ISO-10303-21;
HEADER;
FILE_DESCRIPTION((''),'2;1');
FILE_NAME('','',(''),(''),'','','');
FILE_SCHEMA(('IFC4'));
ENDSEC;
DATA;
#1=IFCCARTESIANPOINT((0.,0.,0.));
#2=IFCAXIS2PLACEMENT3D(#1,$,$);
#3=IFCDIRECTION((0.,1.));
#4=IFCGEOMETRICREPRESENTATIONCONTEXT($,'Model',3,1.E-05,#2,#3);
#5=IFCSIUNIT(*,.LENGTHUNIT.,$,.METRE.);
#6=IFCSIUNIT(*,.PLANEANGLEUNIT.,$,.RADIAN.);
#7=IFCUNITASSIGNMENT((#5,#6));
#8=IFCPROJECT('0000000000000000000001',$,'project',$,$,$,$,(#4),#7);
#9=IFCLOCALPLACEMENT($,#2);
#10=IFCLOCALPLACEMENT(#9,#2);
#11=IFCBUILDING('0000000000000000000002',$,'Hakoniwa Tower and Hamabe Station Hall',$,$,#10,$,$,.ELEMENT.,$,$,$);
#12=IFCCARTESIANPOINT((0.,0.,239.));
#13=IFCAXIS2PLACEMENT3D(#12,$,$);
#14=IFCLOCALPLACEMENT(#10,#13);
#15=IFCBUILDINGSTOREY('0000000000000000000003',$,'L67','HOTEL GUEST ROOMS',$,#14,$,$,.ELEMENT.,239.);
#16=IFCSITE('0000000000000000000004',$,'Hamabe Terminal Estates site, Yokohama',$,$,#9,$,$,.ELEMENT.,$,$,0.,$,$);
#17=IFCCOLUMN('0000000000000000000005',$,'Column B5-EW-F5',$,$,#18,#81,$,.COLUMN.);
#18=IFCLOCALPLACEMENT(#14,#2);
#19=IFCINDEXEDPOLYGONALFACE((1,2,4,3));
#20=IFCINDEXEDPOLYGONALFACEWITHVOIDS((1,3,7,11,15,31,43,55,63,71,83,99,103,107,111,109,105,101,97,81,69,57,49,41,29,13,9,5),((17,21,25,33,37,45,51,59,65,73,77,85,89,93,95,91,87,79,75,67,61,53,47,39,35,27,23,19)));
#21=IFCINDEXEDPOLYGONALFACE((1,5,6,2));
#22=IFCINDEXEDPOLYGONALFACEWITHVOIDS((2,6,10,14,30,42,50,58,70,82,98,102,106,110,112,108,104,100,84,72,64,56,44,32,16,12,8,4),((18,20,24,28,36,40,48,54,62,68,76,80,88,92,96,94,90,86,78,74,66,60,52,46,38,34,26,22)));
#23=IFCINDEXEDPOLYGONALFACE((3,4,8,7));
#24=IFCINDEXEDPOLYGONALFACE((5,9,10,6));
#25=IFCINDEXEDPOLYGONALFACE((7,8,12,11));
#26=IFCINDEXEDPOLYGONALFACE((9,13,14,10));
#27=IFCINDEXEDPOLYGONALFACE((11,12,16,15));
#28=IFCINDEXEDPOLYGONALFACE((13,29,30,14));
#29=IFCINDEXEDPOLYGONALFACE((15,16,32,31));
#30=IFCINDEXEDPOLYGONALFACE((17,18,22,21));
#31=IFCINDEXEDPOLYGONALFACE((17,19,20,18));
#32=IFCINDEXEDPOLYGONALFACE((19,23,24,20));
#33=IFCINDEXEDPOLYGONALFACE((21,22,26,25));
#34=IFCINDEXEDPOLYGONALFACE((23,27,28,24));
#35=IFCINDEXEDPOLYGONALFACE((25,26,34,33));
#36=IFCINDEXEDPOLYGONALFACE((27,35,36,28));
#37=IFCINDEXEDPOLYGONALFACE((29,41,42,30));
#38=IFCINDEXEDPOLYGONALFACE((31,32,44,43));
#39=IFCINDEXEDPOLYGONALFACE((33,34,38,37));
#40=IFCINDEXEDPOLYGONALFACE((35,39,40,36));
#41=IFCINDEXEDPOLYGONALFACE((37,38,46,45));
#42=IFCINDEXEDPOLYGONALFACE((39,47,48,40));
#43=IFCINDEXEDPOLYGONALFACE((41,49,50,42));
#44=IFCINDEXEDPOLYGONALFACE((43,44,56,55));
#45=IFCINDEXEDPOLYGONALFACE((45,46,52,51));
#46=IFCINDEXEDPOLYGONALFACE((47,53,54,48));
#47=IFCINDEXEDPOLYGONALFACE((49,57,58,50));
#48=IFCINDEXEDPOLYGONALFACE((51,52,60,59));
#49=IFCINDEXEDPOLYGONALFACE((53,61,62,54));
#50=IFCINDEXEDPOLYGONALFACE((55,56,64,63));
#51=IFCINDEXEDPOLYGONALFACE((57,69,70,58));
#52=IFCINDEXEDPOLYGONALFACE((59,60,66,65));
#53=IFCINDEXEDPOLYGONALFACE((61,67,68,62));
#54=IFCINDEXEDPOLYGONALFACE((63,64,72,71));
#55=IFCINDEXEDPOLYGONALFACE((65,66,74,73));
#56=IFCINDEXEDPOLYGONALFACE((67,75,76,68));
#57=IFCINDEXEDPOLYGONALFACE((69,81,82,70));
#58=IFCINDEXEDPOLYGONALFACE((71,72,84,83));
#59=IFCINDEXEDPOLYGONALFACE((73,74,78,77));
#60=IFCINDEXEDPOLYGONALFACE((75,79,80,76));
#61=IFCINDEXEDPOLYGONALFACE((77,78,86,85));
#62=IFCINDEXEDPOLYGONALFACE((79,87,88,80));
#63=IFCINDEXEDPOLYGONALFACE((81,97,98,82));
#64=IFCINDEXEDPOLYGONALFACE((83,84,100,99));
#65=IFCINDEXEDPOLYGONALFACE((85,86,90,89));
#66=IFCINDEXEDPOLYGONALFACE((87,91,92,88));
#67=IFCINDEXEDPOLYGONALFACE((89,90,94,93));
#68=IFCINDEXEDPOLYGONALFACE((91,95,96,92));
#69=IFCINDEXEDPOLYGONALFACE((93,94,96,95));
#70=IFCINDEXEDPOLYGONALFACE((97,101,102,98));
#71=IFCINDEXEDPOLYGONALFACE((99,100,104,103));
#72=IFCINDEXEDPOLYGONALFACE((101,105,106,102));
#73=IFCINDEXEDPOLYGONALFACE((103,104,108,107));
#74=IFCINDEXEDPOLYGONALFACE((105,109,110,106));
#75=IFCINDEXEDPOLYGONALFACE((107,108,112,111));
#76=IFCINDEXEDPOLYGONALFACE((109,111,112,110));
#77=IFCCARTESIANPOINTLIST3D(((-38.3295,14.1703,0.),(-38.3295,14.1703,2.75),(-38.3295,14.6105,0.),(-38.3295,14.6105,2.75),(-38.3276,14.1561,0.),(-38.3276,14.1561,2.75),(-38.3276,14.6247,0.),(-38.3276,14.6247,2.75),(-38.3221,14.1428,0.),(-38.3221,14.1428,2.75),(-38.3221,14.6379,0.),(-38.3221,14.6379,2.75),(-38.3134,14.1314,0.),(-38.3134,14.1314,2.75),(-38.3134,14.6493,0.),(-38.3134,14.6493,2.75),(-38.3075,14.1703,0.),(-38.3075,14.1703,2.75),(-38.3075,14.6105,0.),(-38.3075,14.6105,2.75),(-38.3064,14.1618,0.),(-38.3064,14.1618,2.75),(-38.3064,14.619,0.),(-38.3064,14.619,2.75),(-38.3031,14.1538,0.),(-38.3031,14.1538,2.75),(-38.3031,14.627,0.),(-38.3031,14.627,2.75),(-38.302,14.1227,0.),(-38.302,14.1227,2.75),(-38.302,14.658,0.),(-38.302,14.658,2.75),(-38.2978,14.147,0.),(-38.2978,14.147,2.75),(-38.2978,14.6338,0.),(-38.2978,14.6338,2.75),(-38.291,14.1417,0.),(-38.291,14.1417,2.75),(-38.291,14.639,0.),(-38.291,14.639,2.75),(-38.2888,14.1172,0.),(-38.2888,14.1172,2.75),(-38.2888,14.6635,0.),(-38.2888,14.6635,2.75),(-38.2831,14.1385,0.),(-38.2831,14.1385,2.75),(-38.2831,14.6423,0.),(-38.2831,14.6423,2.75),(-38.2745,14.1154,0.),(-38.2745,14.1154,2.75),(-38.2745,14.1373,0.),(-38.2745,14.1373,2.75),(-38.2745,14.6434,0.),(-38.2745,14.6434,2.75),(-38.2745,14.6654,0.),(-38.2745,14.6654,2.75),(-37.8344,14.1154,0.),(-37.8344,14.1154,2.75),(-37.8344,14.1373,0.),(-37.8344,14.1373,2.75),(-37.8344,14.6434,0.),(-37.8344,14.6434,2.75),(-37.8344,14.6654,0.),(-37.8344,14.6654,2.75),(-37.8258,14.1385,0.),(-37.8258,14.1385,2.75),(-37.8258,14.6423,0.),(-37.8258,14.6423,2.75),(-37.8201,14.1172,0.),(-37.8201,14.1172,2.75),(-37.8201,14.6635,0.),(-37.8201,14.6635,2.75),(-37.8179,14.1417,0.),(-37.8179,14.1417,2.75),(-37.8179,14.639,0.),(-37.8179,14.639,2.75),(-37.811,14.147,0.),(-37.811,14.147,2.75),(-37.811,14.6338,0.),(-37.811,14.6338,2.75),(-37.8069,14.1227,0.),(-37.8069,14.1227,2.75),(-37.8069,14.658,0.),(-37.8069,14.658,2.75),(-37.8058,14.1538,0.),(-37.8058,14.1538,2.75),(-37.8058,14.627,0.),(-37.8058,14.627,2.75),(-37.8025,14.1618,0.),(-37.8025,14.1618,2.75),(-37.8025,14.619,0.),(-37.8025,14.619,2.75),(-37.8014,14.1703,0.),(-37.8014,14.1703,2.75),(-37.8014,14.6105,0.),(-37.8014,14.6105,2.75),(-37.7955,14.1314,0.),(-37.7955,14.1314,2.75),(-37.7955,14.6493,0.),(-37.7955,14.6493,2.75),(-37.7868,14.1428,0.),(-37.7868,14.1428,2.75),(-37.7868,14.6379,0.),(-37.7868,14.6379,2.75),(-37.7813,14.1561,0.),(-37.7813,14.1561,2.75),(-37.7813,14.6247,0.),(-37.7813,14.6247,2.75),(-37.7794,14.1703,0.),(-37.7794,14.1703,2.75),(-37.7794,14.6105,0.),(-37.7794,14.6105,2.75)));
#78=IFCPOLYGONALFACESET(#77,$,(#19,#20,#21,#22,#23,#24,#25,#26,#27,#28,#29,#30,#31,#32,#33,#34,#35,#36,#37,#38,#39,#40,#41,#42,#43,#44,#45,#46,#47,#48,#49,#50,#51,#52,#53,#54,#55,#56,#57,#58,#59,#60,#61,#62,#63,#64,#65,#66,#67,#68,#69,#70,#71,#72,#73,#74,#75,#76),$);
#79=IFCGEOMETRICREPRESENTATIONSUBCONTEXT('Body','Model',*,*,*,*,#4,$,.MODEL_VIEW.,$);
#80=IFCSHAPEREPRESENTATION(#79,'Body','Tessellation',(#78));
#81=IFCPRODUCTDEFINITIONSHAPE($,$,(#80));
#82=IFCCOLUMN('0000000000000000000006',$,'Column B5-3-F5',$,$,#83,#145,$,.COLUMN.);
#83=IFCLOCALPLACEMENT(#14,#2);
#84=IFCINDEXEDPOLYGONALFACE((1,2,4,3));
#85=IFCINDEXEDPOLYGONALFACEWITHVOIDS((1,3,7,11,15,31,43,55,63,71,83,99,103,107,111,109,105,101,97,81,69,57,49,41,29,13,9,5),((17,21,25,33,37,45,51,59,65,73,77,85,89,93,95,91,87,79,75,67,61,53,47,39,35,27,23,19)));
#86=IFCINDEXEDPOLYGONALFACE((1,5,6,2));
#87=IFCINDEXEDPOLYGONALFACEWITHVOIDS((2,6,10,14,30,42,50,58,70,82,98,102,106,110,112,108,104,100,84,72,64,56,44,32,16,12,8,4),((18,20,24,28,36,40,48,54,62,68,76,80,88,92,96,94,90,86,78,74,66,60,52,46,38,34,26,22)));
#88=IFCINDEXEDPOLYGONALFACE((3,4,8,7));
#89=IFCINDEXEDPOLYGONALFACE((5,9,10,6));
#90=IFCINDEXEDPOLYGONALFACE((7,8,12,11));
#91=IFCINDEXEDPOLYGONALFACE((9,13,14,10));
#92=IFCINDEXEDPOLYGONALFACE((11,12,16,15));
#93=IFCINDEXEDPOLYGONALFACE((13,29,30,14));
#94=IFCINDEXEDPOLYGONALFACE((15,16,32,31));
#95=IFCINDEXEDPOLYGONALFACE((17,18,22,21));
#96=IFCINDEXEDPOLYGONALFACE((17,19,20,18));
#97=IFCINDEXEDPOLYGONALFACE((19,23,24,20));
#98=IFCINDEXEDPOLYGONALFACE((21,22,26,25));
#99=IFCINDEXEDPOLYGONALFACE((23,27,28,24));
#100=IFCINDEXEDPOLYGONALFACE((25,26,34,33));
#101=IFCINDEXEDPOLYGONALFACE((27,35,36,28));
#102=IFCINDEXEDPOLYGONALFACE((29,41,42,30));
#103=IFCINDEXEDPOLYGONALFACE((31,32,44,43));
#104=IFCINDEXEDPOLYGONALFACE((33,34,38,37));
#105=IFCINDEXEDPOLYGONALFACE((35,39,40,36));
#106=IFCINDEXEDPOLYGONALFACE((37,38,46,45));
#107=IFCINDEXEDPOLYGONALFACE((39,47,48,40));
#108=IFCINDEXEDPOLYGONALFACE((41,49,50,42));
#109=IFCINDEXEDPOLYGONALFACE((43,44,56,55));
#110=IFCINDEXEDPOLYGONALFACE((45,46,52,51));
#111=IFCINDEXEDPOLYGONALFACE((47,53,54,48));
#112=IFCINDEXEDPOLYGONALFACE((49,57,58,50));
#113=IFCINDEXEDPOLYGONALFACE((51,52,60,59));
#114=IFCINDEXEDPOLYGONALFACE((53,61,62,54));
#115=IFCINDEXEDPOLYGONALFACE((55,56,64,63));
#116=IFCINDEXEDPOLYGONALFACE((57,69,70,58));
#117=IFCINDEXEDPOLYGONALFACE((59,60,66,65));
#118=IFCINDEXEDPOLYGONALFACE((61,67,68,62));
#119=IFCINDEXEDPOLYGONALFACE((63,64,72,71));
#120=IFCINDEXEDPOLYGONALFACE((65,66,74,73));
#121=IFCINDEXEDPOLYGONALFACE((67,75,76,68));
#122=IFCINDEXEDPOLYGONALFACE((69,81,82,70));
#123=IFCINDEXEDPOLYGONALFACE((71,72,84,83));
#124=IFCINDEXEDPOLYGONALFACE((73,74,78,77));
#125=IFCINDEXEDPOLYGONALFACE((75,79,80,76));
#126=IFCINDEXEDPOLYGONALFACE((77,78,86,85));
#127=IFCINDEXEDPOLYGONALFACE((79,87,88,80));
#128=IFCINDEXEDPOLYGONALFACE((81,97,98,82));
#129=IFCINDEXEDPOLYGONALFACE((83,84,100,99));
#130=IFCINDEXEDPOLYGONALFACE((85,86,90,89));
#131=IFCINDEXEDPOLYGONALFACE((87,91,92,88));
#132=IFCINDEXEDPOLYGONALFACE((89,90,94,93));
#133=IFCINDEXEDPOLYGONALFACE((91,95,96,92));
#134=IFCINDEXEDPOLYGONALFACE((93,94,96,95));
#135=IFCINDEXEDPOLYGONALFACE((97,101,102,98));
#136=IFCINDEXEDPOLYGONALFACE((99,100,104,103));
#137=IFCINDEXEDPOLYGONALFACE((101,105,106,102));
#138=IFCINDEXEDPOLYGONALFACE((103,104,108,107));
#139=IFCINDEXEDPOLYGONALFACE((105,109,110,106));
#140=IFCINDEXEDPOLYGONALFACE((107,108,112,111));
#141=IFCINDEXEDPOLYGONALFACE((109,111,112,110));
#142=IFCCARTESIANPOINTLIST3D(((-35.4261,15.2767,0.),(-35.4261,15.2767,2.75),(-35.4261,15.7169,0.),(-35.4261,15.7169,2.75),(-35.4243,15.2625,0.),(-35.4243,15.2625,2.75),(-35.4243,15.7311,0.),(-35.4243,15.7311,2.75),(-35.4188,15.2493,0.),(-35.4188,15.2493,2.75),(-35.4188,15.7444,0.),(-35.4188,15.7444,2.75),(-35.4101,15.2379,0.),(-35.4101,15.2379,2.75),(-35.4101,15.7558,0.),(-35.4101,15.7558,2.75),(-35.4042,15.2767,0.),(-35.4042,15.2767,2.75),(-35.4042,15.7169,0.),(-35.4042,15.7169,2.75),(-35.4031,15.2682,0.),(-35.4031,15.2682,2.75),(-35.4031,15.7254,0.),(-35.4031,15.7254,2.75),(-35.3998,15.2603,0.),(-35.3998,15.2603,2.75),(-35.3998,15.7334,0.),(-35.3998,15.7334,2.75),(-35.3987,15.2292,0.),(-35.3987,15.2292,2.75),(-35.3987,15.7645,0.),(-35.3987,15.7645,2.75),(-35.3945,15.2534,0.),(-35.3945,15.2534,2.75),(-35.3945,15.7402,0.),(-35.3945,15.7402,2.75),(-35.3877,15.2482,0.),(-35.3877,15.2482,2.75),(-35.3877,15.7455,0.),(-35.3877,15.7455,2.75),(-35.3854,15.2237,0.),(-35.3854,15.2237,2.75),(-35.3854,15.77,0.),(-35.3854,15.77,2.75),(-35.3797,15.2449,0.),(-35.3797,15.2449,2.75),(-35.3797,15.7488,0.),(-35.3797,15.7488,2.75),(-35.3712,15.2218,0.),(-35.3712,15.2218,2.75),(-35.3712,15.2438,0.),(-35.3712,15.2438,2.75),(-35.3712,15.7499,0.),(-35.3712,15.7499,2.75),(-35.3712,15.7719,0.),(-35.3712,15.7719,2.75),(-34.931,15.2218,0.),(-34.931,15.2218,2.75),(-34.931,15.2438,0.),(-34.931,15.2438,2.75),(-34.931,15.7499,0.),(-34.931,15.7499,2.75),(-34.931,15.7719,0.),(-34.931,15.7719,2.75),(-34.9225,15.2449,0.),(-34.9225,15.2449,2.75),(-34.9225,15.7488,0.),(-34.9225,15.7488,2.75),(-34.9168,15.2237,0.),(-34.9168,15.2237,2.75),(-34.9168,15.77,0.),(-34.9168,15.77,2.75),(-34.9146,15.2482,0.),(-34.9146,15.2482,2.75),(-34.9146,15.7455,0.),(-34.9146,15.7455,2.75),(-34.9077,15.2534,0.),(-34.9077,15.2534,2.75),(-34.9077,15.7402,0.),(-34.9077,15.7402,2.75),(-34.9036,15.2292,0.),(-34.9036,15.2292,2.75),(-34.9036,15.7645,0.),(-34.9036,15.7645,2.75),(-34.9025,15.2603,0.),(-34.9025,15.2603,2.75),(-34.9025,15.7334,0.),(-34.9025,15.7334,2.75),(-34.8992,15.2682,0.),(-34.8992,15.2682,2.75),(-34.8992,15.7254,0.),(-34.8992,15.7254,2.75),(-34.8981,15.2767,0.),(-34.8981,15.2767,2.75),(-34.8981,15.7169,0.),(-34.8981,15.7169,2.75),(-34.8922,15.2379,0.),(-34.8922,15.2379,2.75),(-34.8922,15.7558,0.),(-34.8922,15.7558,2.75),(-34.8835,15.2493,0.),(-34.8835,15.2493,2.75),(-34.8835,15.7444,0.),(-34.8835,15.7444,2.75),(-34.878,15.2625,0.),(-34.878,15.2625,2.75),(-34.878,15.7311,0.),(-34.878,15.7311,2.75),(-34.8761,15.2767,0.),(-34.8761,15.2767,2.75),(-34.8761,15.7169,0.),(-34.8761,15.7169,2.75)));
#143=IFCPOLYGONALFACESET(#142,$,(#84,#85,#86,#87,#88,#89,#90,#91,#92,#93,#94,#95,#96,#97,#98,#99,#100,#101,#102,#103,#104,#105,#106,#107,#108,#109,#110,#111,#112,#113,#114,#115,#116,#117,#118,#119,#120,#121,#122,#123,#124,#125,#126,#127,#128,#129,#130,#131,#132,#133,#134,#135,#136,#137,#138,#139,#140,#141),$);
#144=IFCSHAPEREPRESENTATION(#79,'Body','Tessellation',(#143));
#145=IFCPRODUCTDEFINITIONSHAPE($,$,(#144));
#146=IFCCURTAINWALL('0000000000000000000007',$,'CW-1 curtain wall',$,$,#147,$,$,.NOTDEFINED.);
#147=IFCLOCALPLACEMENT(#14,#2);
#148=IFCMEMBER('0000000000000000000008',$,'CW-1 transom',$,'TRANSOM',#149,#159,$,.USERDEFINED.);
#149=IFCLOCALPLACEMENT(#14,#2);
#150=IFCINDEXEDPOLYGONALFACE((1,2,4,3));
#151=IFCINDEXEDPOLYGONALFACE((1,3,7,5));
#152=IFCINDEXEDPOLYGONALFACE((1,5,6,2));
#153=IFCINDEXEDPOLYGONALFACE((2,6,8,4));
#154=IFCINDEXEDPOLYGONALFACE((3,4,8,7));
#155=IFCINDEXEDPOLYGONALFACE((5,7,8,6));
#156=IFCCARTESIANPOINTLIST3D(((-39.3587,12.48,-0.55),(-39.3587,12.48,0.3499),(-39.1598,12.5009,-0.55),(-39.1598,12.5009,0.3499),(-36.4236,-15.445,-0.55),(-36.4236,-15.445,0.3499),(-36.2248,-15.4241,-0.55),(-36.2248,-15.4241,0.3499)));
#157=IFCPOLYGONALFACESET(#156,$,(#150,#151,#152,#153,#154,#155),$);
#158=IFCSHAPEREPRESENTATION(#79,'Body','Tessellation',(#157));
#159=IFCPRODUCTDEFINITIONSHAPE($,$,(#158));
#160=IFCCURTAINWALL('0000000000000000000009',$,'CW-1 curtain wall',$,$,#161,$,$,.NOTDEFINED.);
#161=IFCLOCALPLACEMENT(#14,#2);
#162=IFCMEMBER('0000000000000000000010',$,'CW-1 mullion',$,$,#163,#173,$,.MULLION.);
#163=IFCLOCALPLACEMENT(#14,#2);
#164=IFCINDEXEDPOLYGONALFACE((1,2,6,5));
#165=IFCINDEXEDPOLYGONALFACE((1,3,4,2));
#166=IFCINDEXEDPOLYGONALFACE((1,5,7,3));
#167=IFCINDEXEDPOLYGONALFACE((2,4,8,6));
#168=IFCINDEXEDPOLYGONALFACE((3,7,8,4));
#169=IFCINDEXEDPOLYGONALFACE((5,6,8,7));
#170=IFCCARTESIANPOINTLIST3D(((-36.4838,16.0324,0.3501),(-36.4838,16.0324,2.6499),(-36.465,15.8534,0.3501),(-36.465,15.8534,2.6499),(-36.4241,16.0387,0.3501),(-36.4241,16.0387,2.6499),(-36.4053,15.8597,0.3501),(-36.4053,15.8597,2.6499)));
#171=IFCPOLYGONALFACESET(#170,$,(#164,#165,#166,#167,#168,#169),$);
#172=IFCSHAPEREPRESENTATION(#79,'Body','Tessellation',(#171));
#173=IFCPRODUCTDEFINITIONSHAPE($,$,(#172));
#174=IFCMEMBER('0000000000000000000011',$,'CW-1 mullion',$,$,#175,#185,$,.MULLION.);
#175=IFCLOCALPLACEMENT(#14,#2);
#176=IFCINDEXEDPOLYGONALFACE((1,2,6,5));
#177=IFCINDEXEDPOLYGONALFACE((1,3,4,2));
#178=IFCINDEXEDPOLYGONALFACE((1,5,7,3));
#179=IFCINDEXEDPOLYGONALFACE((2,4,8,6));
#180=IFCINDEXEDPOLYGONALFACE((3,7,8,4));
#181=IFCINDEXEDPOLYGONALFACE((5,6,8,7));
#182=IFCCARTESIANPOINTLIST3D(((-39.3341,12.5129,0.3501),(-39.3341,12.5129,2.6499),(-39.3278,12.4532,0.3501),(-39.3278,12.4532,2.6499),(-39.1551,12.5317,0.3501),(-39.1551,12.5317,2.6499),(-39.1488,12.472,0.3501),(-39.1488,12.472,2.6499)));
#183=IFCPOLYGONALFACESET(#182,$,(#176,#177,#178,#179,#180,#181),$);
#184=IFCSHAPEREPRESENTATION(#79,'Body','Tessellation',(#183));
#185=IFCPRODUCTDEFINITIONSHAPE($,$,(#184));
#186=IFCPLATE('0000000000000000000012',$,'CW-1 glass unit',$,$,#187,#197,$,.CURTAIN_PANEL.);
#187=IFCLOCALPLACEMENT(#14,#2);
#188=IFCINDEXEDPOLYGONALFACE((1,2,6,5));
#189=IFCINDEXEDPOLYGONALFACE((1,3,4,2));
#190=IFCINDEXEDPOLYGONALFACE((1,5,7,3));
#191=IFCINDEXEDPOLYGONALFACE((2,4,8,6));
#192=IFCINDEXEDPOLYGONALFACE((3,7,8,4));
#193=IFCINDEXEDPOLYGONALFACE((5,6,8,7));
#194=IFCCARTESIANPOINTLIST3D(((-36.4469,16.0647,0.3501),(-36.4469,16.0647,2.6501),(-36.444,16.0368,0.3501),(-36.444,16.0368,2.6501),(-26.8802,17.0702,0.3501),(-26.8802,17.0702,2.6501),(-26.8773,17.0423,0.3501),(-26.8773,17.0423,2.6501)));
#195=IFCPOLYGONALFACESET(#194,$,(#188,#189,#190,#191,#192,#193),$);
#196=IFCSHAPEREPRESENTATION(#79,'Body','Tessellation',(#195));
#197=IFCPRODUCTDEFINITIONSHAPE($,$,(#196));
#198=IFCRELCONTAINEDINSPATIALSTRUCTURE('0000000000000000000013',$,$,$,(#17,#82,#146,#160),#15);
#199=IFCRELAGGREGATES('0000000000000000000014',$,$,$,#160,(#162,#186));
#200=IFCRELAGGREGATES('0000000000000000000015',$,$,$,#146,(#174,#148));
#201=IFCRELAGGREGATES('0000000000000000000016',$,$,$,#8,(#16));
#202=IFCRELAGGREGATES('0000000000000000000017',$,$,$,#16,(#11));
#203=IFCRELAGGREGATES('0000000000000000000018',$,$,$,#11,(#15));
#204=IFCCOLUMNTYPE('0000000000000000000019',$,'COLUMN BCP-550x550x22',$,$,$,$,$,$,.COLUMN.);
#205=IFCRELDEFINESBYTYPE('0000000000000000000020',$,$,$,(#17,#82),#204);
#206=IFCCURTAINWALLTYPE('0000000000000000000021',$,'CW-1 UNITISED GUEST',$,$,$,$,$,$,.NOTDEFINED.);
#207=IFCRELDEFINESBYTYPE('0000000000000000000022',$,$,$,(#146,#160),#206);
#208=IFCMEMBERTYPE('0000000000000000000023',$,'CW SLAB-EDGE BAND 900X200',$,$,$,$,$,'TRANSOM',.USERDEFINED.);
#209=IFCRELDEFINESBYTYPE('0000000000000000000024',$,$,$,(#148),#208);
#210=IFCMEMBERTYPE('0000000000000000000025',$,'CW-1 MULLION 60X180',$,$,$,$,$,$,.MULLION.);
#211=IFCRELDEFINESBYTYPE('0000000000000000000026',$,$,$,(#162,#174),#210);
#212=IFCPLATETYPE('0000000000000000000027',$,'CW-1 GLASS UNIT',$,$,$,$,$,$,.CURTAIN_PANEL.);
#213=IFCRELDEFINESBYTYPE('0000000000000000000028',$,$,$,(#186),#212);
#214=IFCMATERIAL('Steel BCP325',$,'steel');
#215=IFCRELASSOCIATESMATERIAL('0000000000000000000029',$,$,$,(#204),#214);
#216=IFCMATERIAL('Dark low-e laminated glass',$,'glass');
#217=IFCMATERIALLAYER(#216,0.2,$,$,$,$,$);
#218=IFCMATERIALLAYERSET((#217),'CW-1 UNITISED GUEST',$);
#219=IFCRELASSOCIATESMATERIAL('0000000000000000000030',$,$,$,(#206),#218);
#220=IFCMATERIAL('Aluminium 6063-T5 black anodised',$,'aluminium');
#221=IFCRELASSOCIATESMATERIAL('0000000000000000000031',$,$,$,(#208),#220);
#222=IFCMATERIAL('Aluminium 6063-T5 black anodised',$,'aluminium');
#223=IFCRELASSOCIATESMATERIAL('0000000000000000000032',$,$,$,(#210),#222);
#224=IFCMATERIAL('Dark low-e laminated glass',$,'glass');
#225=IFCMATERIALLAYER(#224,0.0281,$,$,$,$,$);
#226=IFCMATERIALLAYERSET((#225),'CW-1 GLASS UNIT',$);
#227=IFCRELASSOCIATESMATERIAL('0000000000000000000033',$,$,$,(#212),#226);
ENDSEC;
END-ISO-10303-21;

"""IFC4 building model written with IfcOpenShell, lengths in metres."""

from ifc_helpers import new_model, si_unit, direction, frame, origin, origin_2d, place, context, subcontext, project, spatial, rectangle, hollow_rectangle, extrude, material, layer, layer_set, material_profile, profile_set, type_object, element, aggregate, save


model = new_model("IFC4")

# Units and contexts
model_context = context("Model", 3, precision=1e-05, world=origin(), true_north=direction((0.0, 1.0)))
body_context = subcontext(model_context, "Body", "Model", "MODEL_VIEW")
ifc_project = project(units=[si_unit("LENGTHUNIT", "METRE"), si_unit("PLANEANGLEUNIT", "RADIAN")], contexts=[model_context])

# Site, building, storey
site_placement = place(None, origin())
site = spatial("IfcSite", under=ifc_project, at=site_placement, Name="Hamabe Terminal Estates site, Yokohama", CompositionType="ELEMENT", RefElevation=0.0)
building_placement = place(site_placement, origin())
building = spatial("IfcBuilding", under=site, at=building_placement, Name="Hakoniwa Tower and Hamabe Station Hall", CompositionType="ELEMENT")
storey_placement = place(building_placement, frame((0.0, 0.0, 239.0)))
storey = spatial("IfcBuildingStorey", under=building, at=storey_placement, Name="L67", Description="HOTEL GUEST ROOMS", CompositionType="ELEMENT", Elevation=239.0)

# Columns
ifc_material_1 = material(Name="Steel BCP325", Category="steel")
ifc_material_profile_1 = material_profile(ifc_material_1, hollow_rectangle(XDim=0.55, YDim=0.55, WallThickness=0.022, InnerFilletRadius=0.033, OuterFilletRadius=0.0549, at=origin_2d()), Name="BCP-550x550x22")
ifc_profile_set_1 = profile_set([ifc_material_profile_1], Name="Steel BCP325")
column_type = type_object("IfcColumnType", Name="COLUMN BCP-550x550x22", PredefinedType="COLUMN", material=ifc_profile_set_1)
for number, where, z_axis, x_axis, name in (
    (1, (-38.0544, 14.3904, 0.0), (0.0, 0.0, 1.0), (1.0, 0.0, 0.0), "Column B5-EW-F5"),
    (2, (-35.1511, 15.4968, 0.0), (0.0, 0.0, 1.0), (1.0, 0.0, 0.0), "Column B5-3-F5"),
):
    element("IfcColumn", number, at=place(storey_placement, frame(where, z_axis=z_axis, x_axis=x_axis)), inside=storey, type_object=column_type, Name=name, PredefinedType="COLUMN", context=body_context, shape_type="SweptSolid", body=[
        extrude(hollow_rectangle(XDim=0.55, YDim=0.55, WallThickness=0.022, InnerFilletRadius=0.033, OuterFilletRadius=0.0549, at=origin_2d()), origin(), (0.0, 0.0, 1.0), 2.75),
    ])

# Curtain walls, members
ifc_material_2 = material(Name="Dark low-e laminated glass", Category="glass")
ifc_layer_1 = layer(ifc_material_2, 0.2)
ifc_layer_set_1 = layer_set([ifc_layer_1], Name="CW-1 UNITISED GUEST")
curtain_wall_type = type_object("IfcCurtainWallType", Name="CW-1 UNITISED GUEST", PredefinedType="NOTDEFINED", material=ifc_layer_set_1)
curtain_wall_1_placement = place(storey_placement, origin())
curtain_wall_1 = element("IfcCurtainWall", 3, at=curtain_wall_1_placement, inside=storey, type_object=curtain_wall_type, Name="CW-1 curtain wall", PredefinedType="NOTDEFINED")
ifc_material_3 = material(Name="Aluminium 6063-T5 black anodised", Category="aluminium")
ifc_material_profile_2 = material_profile(ifc_material_3, rectangle(XDim=0.2, YDim=0.8999, at=origin_2d()), Name="CW SLAB-EDGE BAND 900X200")
ifc_profile_set_2 = profile_set([ifc_material_profile_2], Name="Aluminium 6063-T5 black anodised")
member_type_1 = type_object("IfcMemberType", Name="CW SLAB-EDGE BAND 900X200", ElementType="TRANSOM", PredefinedType="USERDEFINED", material=ifc_profile_set_2)
member_1_placement = place(storey_placement, frame((-39.2593, 12.4905, -0.1001), z_axis=(0.104529, -0.994522, 0.0), x_axis=(0.994522, 0.104529, 0.0)))
member_1 = element("IfcMember", 4, at=member_1_placement, type_object=member_type_1, Name="CW-1 transom", ObjectType="TRANSOM", PredefinedType="USERDEFINED", context=body_context, shape_type="SweptSolid", body=[
    extrude(rectangle(XDim=0.2, YDim=0.8999, at=origin_2d()), origin(), (0.0, 0.0, 1.0), 28.0789),
])
curtain_wall_2_placement = place(storey_placement, origin())
curtain_wall_2 = element("IfcCurtainWall", 5, at=curtain_wall_2_placement, inside=storey, type_object=curtain_wall_type, Name="CW-1 curtain wall", PredefinedType="NOTDEFINED")
ifc_material_4 = material(Name="Aluminium 6063-T5 black anodised", Category="aluminium")
ifc_material_profile_3 = material_profile(ifc_material_4, rectangle(XDim=0.0601, YDim=0.1799, at=origin_2d()), Name="CW-1 MULLION 60X180")
ifc_profile_set_3 = profile_set([ifc_material_profile_3], Name="Aluminium 6063-T5 black anodised")
member_type_2 = type_object("IfcMemberType", Name="CW-1 MULLION 60X180", PredefinedType="MULLION", material=ifc_profile_set_3)
member_2_placement = place(storey_placement, frame((-36.4446, 15.946, 0.3501), z_axis=(0.0, 0.0, 1.0), x_axis=(-0.994522, -0.104528, 0.0)))
member_2 = element("IfcMember", 6, at=member_2_placement, type_object=member_type_2, Name="CW-1 mullion", PredefinedType="MULLION", context=body_context, shape_type="SweptSolid", body=[
    extrude(rectangle(XDim=0.0601, YDim=0.1799, at=origin_2d()), origin(), (0.0, 0.0, 1.0), 2.2998),
])

# Member
member_3_placement = place(storey_placement, frame((-39.2415, 12.4924, 0.3501), z_axis=(0.0, 0.0, 1.0), x_axis=(0.104528, -0.994522, 0.0)))
member_3 = element("IfcMember", 7, at=member_3_placement, type_object=member_type_2, Name="CW-1 mullion", PredefinedType="MULLION", context=body_context, shape_type="SweptSolid", body=[
    extrude(rectangle(XDim=0.0601, YDim=0.1799, at=origin_2d()), origin(), (0.0, 0.0, 1.0), 2.2998),
])

# Plate
ifc_material_5 = material(Name="Dark low-e laminated glass", Category="glass")
ifc_layer_2 = layer(ifc_material_5, 0.0281)
ifc_layer_set_2 = layer_set([ifc_layer_2], Name="CW-1 GLASS UNIT")
plate_type = type_object("IfcPlateType", Name="CW-1 GLASS UNIT", PredefinedType="CURTAIN_PANEL", material=ifc_layer_set_2)
plate_1_placement = place(storey_placement, frame((-31.6621, 16.5535, 0.3501), z_axis=(0.0, 0.0, 1.0), x_axis=(-0.994522, -0.104528, 0.0)))
plate_1 = element("IfcPlate", 8, at=plate_1_placement, type_object=plate_type, Name="CW-1 glass unit", PredefinedType="CURTAIN_PANEL", context=body_context, shape_type="SweptSolid", body=[
    extrude(rectangle(XDim=9.6194, YDim=0.0281, at=origin_2d()), origin(), (0.0, 0.0, 1.0), 2.3),
])
aggregate(curtain_wall_2, [member_2, plate_1])
aggregate(curtain_wall_1, [member_3, member_1])

save(model, "model.ifc")
